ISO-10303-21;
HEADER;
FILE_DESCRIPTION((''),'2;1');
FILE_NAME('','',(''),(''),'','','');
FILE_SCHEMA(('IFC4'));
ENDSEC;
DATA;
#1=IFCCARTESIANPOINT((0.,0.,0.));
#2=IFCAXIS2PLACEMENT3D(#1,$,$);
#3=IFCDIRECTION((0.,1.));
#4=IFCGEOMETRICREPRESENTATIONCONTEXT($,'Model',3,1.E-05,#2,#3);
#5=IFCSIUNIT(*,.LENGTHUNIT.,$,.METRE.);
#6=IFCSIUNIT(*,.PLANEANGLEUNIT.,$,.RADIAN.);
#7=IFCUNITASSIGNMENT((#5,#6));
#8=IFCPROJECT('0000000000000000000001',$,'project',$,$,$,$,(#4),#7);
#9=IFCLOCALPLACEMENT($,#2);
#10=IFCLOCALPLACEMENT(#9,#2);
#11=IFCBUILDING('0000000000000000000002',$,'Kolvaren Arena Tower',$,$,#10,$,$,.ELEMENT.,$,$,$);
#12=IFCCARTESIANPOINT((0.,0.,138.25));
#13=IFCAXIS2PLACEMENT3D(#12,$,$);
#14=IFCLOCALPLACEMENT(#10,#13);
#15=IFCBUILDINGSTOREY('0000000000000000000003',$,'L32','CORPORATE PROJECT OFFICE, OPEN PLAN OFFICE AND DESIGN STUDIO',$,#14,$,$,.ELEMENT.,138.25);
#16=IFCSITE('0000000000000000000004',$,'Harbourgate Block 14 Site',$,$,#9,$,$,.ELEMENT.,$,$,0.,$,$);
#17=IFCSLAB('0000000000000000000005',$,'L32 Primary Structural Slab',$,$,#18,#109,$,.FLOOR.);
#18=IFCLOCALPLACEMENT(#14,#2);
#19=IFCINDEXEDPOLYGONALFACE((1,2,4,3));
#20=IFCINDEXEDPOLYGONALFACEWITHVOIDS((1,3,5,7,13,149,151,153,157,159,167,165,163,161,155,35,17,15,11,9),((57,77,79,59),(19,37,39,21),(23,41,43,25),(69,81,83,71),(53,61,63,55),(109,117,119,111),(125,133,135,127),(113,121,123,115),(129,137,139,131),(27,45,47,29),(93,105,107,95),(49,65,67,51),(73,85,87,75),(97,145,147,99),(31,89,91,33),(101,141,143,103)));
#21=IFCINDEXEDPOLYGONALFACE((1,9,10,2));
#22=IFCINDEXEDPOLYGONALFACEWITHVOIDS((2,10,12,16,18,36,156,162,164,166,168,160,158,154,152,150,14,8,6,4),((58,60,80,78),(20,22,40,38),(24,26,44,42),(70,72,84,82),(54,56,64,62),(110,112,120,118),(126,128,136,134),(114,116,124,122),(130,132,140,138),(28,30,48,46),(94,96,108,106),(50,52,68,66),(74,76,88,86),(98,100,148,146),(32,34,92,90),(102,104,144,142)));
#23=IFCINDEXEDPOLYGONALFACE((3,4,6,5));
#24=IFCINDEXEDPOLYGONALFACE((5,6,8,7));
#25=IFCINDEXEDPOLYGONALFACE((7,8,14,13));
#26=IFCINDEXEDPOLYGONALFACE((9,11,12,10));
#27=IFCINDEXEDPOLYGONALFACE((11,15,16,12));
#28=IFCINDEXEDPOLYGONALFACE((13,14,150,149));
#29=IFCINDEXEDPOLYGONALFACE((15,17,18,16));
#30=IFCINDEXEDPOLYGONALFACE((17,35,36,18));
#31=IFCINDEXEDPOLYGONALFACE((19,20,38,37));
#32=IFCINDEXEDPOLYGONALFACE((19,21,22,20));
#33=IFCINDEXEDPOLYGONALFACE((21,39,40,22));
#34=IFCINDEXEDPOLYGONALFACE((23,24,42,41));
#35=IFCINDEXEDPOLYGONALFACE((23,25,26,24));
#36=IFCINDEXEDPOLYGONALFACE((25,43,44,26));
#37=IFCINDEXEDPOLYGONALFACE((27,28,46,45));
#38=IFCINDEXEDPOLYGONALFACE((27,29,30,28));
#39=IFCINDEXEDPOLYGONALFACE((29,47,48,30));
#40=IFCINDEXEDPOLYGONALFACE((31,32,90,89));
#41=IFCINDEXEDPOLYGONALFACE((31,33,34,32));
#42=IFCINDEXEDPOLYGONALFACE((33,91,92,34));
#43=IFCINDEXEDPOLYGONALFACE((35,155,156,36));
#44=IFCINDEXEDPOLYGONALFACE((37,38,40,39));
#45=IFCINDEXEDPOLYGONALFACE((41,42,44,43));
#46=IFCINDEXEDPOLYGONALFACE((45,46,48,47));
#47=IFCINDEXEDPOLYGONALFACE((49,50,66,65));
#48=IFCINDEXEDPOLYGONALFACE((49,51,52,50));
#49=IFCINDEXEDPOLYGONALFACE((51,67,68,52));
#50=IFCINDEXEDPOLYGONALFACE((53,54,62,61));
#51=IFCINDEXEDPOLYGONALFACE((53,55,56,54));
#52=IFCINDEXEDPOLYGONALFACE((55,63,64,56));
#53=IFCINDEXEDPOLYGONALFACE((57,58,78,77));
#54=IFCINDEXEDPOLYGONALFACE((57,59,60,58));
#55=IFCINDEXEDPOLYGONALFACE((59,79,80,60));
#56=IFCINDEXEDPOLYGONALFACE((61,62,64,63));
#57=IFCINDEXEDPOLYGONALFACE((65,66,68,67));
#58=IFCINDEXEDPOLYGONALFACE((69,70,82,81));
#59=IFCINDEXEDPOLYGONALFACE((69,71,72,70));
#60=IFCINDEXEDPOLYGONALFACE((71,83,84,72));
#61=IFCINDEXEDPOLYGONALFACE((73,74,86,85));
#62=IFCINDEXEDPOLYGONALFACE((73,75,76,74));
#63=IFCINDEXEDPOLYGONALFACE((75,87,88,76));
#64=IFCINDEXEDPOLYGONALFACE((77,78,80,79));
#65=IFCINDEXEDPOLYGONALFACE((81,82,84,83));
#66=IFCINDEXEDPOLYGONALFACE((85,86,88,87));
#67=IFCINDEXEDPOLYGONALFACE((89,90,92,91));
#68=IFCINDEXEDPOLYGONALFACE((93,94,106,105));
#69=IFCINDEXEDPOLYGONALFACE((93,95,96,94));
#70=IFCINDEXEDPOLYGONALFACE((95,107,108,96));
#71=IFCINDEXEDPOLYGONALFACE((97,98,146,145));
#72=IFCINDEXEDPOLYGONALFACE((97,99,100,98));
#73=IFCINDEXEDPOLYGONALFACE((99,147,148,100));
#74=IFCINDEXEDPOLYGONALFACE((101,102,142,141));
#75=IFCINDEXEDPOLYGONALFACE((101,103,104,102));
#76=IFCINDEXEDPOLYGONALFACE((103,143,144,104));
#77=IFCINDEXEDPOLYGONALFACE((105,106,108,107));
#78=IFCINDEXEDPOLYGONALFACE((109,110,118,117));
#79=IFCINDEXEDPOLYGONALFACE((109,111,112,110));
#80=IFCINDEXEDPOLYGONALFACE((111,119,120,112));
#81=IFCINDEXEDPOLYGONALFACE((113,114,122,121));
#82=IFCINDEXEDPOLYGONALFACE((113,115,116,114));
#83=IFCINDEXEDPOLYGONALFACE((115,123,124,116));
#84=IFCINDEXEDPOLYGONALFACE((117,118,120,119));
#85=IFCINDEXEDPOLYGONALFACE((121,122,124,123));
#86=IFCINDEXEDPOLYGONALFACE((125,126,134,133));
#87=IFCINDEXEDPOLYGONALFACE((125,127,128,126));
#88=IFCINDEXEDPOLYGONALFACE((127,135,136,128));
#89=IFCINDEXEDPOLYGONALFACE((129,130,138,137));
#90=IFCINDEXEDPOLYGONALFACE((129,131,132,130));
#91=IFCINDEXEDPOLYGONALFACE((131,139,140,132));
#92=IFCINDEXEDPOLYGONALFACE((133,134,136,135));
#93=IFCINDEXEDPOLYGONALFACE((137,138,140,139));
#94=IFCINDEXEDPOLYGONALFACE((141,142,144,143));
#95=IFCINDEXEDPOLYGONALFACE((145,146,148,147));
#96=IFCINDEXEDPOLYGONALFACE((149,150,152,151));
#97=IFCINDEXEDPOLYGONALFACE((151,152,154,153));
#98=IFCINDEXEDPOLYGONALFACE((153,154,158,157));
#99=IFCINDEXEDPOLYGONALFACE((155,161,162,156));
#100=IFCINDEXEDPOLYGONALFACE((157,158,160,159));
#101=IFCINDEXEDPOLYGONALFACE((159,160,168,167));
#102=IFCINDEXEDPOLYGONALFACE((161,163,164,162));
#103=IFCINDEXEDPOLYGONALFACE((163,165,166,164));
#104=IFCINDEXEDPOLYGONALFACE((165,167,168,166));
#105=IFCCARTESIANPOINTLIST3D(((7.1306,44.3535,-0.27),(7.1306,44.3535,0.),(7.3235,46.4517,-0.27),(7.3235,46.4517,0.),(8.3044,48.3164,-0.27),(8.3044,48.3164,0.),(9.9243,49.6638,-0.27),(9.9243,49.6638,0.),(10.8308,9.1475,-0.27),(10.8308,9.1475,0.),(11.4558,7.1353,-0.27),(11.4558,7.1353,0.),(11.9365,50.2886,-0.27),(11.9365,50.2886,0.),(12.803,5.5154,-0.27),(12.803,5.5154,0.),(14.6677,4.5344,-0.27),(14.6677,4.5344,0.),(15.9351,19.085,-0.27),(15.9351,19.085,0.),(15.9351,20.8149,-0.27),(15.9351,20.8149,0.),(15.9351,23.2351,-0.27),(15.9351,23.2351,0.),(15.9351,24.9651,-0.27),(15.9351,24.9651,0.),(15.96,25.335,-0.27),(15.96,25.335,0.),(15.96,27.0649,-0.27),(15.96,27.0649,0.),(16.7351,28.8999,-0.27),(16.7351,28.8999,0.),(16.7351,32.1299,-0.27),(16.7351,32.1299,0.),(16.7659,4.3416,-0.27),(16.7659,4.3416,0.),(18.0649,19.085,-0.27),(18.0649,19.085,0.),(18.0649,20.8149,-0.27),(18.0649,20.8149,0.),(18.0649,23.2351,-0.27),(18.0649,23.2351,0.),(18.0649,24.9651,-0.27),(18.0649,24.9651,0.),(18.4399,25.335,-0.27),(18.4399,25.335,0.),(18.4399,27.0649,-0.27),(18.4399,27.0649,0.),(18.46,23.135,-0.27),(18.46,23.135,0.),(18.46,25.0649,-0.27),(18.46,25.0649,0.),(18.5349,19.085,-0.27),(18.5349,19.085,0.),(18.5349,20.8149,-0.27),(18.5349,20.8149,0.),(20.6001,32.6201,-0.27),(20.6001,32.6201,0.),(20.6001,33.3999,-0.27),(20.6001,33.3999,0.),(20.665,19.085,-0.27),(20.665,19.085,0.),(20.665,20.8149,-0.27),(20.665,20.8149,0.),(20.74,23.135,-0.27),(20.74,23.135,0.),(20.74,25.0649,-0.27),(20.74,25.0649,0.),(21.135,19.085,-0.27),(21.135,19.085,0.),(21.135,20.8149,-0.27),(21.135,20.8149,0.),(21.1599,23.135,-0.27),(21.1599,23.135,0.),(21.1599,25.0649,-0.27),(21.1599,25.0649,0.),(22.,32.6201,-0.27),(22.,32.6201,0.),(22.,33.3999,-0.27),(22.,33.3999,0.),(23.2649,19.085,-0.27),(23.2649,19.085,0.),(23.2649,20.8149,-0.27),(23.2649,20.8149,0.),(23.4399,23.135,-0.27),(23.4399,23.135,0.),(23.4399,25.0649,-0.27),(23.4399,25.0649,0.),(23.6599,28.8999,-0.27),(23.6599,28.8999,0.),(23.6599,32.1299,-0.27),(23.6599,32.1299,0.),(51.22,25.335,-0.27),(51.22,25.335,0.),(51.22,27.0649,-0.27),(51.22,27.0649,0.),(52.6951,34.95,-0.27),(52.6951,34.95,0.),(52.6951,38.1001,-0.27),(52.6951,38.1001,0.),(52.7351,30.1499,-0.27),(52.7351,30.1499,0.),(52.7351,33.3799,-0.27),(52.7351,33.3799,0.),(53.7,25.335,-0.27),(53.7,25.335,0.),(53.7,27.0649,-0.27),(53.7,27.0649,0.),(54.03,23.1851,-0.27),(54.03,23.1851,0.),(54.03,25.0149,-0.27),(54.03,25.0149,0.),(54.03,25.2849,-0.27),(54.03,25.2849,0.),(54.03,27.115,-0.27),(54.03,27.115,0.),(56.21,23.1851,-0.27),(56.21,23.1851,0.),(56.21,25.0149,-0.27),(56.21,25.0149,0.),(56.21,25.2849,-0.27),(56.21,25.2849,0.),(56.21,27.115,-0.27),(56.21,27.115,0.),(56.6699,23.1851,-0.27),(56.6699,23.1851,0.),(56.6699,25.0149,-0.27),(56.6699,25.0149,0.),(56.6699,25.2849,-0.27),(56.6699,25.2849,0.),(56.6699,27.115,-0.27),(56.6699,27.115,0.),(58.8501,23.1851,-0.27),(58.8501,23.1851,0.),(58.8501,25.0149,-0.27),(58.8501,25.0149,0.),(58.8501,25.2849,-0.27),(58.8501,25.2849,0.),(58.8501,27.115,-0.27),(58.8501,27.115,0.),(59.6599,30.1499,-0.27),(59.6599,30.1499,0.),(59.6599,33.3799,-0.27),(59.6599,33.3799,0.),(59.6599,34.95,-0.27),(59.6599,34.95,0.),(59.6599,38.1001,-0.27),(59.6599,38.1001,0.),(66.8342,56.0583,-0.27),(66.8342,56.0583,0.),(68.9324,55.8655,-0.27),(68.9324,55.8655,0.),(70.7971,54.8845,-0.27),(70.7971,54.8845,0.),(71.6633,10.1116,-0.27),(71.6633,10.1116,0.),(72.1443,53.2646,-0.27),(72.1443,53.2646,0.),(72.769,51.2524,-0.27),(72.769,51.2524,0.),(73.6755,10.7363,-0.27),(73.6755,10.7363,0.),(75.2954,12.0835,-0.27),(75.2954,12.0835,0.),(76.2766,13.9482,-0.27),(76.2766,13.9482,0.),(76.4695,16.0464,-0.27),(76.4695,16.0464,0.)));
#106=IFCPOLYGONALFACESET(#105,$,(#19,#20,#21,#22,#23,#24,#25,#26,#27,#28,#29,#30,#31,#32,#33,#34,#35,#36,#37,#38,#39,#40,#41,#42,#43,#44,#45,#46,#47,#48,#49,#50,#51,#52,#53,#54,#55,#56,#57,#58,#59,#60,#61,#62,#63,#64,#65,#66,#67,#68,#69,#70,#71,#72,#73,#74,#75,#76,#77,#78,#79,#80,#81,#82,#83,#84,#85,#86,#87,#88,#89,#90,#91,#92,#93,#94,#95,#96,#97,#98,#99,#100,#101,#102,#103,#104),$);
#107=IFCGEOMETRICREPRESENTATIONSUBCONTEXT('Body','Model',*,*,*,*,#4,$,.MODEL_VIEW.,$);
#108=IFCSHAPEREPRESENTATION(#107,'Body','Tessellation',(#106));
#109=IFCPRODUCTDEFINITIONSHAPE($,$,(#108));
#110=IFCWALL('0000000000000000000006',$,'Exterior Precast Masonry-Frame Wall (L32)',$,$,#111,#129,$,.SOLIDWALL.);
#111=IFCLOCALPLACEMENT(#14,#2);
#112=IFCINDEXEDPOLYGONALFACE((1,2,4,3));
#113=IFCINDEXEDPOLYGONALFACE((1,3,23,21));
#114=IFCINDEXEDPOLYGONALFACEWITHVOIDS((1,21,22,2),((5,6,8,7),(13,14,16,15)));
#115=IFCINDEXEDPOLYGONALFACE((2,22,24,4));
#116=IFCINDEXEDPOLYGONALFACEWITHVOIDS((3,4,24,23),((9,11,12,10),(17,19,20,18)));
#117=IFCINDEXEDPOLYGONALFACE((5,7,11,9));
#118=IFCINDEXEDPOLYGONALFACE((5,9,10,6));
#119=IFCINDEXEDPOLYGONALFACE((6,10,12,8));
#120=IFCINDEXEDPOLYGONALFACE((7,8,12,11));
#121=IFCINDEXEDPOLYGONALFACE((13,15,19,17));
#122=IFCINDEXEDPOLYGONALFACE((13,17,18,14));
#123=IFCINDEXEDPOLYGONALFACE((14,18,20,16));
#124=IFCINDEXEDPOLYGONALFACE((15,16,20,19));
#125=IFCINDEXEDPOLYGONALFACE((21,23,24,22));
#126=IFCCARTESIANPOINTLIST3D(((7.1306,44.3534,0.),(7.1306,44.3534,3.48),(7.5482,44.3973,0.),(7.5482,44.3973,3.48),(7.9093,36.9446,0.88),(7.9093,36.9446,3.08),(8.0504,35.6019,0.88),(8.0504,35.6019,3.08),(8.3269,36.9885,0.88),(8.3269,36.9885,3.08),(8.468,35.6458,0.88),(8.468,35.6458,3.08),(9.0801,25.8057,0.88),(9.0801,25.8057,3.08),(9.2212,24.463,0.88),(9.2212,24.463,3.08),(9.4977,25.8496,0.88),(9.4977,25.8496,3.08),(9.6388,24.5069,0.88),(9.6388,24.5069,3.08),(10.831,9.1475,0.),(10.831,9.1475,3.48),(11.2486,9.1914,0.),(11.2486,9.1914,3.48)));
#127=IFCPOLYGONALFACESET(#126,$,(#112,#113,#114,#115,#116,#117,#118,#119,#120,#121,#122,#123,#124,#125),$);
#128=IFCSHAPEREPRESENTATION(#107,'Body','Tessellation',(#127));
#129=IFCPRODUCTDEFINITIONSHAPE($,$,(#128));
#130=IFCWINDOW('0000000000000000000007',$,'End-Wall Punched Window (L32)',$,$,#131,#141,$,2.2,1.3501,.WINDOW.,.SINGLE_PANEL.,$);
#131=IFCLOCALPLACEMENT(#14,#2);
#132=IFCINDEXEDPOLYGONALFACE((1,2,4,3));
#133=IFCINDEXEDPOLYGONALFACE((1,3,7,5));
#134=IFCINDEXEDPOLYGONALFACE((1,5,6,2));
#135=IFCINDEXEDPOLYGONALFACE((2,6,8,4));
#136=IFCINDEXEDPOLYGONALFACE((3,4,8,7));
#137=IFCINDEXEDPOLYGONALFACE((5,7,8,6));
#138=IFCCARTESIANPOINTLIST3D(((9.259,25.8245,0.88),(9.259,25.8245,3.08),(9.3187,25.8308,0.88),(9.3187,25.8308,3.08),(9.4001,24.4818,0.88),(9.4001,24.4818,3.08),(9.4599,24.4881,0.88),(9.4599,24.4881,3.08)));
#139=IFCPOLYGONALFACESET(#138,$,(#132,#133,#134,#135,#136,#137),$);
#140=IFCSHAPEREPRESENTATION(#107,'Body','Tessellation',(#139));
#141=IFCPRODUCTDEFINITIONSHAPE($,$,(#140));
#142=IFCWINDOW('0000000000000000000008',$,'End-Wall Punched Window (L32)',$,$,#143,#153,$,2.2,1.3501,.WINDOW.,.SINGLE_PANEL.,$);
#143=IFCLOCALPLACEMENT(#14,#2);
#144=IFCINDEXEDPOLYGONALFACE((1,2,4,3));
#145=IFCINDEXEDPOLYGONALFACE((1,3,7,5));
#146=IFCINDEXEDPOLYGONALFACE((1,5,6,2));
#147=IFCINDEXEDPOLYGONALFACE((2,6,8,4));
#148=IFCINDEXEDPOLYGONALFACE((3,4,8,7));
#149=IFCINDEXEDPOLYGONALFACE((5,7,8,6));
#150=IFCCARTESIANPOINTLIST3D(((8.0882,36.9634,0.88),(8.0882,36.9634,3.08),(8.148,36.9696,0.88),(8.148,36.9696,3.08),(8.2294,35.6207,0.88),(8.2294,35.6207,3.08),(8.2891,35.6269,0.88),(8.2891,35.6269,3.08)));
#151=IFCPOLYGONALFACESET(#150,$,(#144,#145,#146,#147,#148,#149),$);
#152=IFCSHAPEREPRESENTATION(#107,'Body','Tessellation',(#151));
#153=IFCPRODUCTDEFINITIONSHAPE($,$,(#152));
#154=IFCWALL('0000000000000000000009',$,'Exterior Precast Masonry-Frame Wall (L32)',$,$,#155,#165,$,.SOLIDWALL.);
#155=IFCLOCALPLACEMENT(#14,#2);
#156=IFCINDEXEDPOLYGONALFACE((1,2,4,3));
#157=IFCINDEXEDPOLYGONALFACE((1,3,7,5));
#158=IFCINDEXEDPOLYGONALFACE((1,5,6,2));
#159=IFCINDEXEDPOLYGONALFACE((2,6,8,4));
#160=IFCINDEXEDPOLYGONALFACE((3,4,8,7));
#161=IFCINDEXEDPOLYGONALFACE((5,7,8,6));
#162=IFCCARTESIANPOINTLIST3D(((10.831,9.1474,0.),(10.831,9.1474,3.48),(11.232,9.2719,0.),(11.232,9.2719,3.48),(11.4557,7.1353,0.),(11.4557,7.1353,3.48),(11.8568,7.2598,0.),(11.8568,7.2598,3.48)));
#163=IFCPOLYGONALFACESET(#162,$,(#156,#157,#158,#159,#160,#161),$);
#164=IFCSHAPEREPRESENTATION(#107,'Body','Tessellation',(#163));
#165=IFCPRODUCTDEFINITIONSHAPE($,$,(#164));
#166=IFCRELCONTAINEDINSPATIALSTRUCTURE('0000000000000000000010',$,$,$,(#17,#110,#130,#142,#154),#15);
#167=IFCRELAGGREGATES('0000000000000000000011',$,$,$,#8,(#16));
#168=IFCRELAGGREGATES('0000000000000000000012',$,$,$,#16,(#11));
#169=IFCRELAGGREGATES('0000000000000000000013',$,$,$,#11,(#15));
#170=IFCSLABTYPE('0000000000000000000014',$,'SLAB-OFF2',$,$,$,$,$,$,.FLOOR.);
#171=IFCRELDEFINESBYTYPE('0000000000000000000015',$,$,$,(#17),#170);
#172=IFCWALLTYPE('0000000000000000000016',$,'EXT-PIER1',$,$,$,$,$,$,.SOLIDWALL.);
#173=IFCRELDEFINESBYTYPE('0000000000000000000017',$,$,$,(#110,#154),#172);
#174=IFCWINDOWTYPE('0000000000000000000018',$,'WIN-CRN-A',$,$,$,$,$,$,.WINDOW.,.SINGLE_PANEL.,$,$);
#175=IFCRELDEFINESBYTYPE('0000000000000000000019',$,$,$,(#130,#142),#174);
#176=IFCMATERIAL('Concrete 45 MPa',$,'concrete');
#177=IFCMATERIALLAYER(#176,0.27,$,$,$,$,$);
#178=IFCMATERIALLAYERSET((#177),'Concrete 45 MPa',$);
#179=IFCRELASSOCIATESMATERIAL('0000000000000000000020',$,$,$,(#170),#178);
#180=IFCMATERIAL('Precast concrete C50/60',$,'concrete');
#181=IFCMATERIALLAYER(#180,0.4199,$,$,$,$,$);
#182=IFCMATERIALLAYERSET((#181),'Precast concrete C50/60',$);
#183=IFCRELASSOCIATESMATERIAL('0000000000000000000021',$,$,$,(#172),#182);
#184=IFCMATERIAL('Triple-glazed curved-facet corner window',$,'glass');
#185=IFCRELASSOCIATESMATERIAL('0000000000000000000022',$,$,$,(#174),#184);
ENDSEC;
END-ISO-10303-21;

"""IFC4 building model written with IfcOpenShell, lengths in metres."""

from ifc_helpers import new_model, si_unit, direction, frame, frame_2d, origin, place, context, subcontext, project, spatial, polyline, rectangle, outline, extrude, material, layer, layer_set, type_object, element, fill, save


model = new_model("IFC4")

# Units and contexts
model_context = context("Model", 3, precision=1e-05, world=origin(), true_north=direction((0.0, 1.0)))
body_context = subcontext(model_context, "Body", "Model", "MODEL_VIEW")
ifc_project = project(units=[si_unit("LENGTHUNIT", "METRE"), si_unit("PLANEANGLEUNIT", "RADIAN")], contexts=[model_context])

# Site, building, storey
site_placement = place(None, origin())
site = spatial("IfcSite", under=ifc_project, at=site_placement, Name="Harbourgate Block 14 Site", CompositionType="ELEMENT", RefElevation=0.0)
building_placement = place(site_placement, origin())
building = spatial("IfcBuilding", under=site, at=building_placement, Name="Kolvaren Arena Tower", CompositionType="ELEMENT")
storey_placement = place(building_placement, frame((0.0, 0.0, 138.25)))
storey = spatial("IfcBuildingStorey", under=building, at=storey_placement, Name="L32", Description="CORPORATE PROJECT OFFICE, OPEN PLAN OFFICE AND DESIGN STUDIO", CompositionType="ELEMENT", Elevation=138.25)

# Shared definitions
ifc_material_1 = material(Name="Concrete 45 MPa", Category="concrete")

# Slab
ifc_layer_1 = layer(ifc_material_1, 0.27)
ifc_layer_set_1 = layer_set([ifc_layer_1], Name="Concrete 45 MPa")
slab_type_1 = type_object("IfcSlabType", Name="SLAB-OFF2", PredefinedType="FLOOR", material=ifc_layer_set_1)
slab_1_placement = place(storey_placement, frame((0.0, 0.0, -0.27)))
element("IfcSlab", 1, at=slab_1_placement, inside=storey, type_object=slab_type_1, Name="L32 Primary Structural Slab", PredefinedType="FLOOR", context=body_context, shape_type="SweptSolid", body=[
    extrude(outline(polyline([(71.6633, 10.1116), (73.6755, 10.7363), (75.2954, 12.0835), (76.2766, 13.9482), (76.4695, 16.0464), (72.769, 51.2524), (72.1443, 53.2646), (70.7971, 54.8845), (68.9324, 55.8655), (66.8342, 56.0583), (11.9365, 50.2886), (9.9243, 49.6638), (8.3044, 48.3164), (7.3235, 46.4517), (7.1306, 44.3535), (10.8308, 9.1475), (11.4558, 7.1353), (12.803, 5.5154), (14.6677, 4.5344), (16.7659, 4.3416), (71.6633, 10.1116)]), holes=[polyline([(15.9351, 19.085), (15.9351, 20.8149), (18.0649, 20.8149), (18.0649, 19.085), (15.9351, 19.085)]), polyline([(18.5349, 19.085), (18.5349, 20.8149), (20.665, 20.8149), (20.665, 19.085), (18.5349, 19.085)]), polyline([(21.135, 19.085), (21.135, 20.8149), (23.2649, 20.8149), (23.2649, 19.085), (21.135, 19.085)]), polyline([(18.46, 23.135), (18.46, 25.0649), (20.74, 25.0649), (20.74, 23.135), (18.46, 23.135)]), polyline([(21.1599, 23.135), (21.1599, 25.0649), (23.4399, 25.0649), (23.4399, 23.135), (21.1599, 23.135)]), polyline([(54.03, 23.1851), (54.03, 25.0149), (56.21, 25.0149), (56.21, 23.1851), (54.03, 23.1851)]), polyline([(56.6699, 23.1851), (56.6699, 25.0149), (58.8501, 25.0149), (58.8501, 23.1851), (56.6699, 23.1851)]), polyline([(15.9351, 23.2351), (15.9351, 24.9651), (18.0649, 24.9651), (18.0649, 23.2351), (15.9351, 23.2351)]), polyline([(54.03, 25.2849), (54.03, 27.115), (56.21, 27.115), (56.21, 25.2849), (54.03, 25.2849)]), polyline([(56.6699, 25.2849), (56.6699, 27.115), (58.8501, 27.115), (58.8501, 25.2849), (56.6699, 25.2849)]), polyline([(15.96, 25.335), (15.96, 27.0649), (18.4399, 27.0649), (18.4399, 25.335), (15.96, 25.335)]), polyline([(51.22, 25.335), (51.22, 27.0649), (53.7, 27.0649), (53.7, 25.335), (51.22, 25.335)]), polyline([(16.7351, 28.8999), (16.7351, 32.1299), (23.6599, 32.1299), (23.6599, 28.8999), (16.7351, 28.8999)]), polyline([(52.7351, 30.1499), (52.7351, 33.3799), (59.6599, 33.3799), (59.6599, 30.1499), (52.7351, 30.1499)]), polyline([(20.6001, 32.6201), (20.6001, 33.3999), (22.0, 33.3999), (22.0, 32.6201), (20.6001, 32.6201)]), polyline([(52.6951, 34.95), (52.6951, 38.1001), (59.6599, 38.1001), (59.6599, 34.95), (52.6951, 34.95)])]), origin(), (0.0, 0.0, 1.0), 0.27),
])

# Wall, openings, windows
ifc_material_2 = material(Name="Precast concrete C50/60", Category="concrete")
ifc_layer_2 = layer(ifc_material_2, 0.4199)
ifc_layer_set_2 = layer_set([ifc_layer_2], Name="Precast concrete C50/60")
wall_type = type_object("IfcWallType", Name="EXT-PIER1", PredefinedType="SOLIDWALL", material=ifc_layer_set_2)
wall_1_placement = place(storey_placement, frame((11.0398, 9.1694, 0.0), z_axis=(0.0, 0.0, 1.0), x_axis=(-0.104532, 0.994522, 0.0)))
wall_1 = element("IfcWall", 2, at=wall_1_placement, inside=storey, type_object=wall_type, Name="Exterior Precast Masonry-Frame Wall (L32)", PredefinedType="SOLIDWALL", context=body_context, shape_type="SweptSolid", body=[
    extrude(rectangle(XDim=35.3999, YDim=0.4199, at=frame_2d((17.7, 0.0))), origin(), (0.0, 0.0, 1.0), 3.48),
])
opening_1_placement = place(wall_1_placement, frame((15.3999, 0.0, 0.8799)))
opening_1 = element("IfcOpeningElement", 3, at=opening_1_placement, cuts=wall_1, PredefinedType="OPENING", context=body_context, shape_type="SweptSolid", body=[
    extrude(rectangle(XDim=1.3501, YDim=2.2, at=frame_2d((0.675, 1.1001))), frame((0.0, 0.22, 0.0), z_axis=(0.0, -1.0, 0.0), x_axis=(1.0, 0.0, 0.0)), (0.0, 0.0, 1.0), 0.4399),
])
opening_2_placement = place(wall_1_placement, frame((26.6001, 0.0, 0.8799)))
opening_2 = element("IfcOpeningElement", 4, at=opening_2_placement, cuts=wall_1, PredefinedType="OPENING", context=body_context, shape_type="SweptSolid", body=[
    extrude(rectangle(XDim=1.3501, YDim=2.2, at=frame_2d((0.675, 1.1001))), frame((0.0, 0.22, 0.0), z_axis=(0.0, -1.0, 0.0), x_axis=(1.0, 0.0, 0.0)), (0.0, 0.0, 1.0), 0.4399),
])
ifc_material_3 = material(Name="Triple-glazed curved-facet corner window", Category="glass")
window_type = type_object("IfcWindowType", Name="WIN-CRN-A", PartitioningType="SINGLE_PANEL", PredefinedType="WINDOW", material=ifc_material_3)
window_1_placement = place(opening_1_placement, origin())
window_1 = element("IfcWindow", 5, at=window_1_placement, inside=storey, type_object=window_type, Name="End-Wall Punched Window (L32)", OverallHeight=2.2, OverallWidth=1.3501, PartitioningType="SINGLE_PANEL", PredefinedType="WINDOW", context=body_context, shape_type="SweptSolid", body=[
    extrude(rectangle(XDim=1.3501, YDim=2.2, at=frame_2d((0.675, 1.1001))), frame((0.0, 0.03, 0.0), z_axis=(0.0, -1.0, 0.0), x_axis=(1.0, 0.0, 0.0)), (0.0, 0.0, 1.0), 0.0601),
])
fill(opening_1, window_1)
window_2_placement = place(opening_2_placement, origin())
window_2 = element("IfcWindow", 6, at=window_2_placement, inside=storey, type_object=window_type, Name="End-Wall Punched Window (L32)", OverallHeight=2.2, OverallWidth=1.3501, PartitioningType="SINGLE_PANEL", PredefinedType="WINDOW", context=body_context, shape_type="SweptSolid", body=[
    extrude(rectangle(XDim=1.3501, YDim=2.2, at=frame_2d((0.675, 1.1001))), frame((0.0, 0.03, 0.0), z_axis=(0.0, -1.0, 0.0), x_axis=(1.0, 0.0, 0.0)), (0.0, 0.0, 1.0), 0.0601),
])
fill(opening_2, window_2)

# Wall
for number, where, z_axis, x_axis, name in (
    (7, (11.6562, 7.1975, 0.0), (0.0, 0.0, 1.0), (-0.296519, 0.955027, 0.0), "Exterior Precast Masonry-Frame Wall (L32)"),
):
    element("IfcWall", number, at=place(storey_placement, frame(where, z_axis=z_axis, x_axis=x_axis)), inside=storey, type_object=wall_type, Name=name, PredefinedType="SOLIDWALL", context=body_context, shape_type="SweptSolid", body=[
        extrude(rectangle(XDim=2.1069, YDim=0.4199, at=frame_2d((1.0535, 0.0))), origin(), (0.0, 0.0, 1.0), 3.48),
    ])

save(model, "model.ifc")
